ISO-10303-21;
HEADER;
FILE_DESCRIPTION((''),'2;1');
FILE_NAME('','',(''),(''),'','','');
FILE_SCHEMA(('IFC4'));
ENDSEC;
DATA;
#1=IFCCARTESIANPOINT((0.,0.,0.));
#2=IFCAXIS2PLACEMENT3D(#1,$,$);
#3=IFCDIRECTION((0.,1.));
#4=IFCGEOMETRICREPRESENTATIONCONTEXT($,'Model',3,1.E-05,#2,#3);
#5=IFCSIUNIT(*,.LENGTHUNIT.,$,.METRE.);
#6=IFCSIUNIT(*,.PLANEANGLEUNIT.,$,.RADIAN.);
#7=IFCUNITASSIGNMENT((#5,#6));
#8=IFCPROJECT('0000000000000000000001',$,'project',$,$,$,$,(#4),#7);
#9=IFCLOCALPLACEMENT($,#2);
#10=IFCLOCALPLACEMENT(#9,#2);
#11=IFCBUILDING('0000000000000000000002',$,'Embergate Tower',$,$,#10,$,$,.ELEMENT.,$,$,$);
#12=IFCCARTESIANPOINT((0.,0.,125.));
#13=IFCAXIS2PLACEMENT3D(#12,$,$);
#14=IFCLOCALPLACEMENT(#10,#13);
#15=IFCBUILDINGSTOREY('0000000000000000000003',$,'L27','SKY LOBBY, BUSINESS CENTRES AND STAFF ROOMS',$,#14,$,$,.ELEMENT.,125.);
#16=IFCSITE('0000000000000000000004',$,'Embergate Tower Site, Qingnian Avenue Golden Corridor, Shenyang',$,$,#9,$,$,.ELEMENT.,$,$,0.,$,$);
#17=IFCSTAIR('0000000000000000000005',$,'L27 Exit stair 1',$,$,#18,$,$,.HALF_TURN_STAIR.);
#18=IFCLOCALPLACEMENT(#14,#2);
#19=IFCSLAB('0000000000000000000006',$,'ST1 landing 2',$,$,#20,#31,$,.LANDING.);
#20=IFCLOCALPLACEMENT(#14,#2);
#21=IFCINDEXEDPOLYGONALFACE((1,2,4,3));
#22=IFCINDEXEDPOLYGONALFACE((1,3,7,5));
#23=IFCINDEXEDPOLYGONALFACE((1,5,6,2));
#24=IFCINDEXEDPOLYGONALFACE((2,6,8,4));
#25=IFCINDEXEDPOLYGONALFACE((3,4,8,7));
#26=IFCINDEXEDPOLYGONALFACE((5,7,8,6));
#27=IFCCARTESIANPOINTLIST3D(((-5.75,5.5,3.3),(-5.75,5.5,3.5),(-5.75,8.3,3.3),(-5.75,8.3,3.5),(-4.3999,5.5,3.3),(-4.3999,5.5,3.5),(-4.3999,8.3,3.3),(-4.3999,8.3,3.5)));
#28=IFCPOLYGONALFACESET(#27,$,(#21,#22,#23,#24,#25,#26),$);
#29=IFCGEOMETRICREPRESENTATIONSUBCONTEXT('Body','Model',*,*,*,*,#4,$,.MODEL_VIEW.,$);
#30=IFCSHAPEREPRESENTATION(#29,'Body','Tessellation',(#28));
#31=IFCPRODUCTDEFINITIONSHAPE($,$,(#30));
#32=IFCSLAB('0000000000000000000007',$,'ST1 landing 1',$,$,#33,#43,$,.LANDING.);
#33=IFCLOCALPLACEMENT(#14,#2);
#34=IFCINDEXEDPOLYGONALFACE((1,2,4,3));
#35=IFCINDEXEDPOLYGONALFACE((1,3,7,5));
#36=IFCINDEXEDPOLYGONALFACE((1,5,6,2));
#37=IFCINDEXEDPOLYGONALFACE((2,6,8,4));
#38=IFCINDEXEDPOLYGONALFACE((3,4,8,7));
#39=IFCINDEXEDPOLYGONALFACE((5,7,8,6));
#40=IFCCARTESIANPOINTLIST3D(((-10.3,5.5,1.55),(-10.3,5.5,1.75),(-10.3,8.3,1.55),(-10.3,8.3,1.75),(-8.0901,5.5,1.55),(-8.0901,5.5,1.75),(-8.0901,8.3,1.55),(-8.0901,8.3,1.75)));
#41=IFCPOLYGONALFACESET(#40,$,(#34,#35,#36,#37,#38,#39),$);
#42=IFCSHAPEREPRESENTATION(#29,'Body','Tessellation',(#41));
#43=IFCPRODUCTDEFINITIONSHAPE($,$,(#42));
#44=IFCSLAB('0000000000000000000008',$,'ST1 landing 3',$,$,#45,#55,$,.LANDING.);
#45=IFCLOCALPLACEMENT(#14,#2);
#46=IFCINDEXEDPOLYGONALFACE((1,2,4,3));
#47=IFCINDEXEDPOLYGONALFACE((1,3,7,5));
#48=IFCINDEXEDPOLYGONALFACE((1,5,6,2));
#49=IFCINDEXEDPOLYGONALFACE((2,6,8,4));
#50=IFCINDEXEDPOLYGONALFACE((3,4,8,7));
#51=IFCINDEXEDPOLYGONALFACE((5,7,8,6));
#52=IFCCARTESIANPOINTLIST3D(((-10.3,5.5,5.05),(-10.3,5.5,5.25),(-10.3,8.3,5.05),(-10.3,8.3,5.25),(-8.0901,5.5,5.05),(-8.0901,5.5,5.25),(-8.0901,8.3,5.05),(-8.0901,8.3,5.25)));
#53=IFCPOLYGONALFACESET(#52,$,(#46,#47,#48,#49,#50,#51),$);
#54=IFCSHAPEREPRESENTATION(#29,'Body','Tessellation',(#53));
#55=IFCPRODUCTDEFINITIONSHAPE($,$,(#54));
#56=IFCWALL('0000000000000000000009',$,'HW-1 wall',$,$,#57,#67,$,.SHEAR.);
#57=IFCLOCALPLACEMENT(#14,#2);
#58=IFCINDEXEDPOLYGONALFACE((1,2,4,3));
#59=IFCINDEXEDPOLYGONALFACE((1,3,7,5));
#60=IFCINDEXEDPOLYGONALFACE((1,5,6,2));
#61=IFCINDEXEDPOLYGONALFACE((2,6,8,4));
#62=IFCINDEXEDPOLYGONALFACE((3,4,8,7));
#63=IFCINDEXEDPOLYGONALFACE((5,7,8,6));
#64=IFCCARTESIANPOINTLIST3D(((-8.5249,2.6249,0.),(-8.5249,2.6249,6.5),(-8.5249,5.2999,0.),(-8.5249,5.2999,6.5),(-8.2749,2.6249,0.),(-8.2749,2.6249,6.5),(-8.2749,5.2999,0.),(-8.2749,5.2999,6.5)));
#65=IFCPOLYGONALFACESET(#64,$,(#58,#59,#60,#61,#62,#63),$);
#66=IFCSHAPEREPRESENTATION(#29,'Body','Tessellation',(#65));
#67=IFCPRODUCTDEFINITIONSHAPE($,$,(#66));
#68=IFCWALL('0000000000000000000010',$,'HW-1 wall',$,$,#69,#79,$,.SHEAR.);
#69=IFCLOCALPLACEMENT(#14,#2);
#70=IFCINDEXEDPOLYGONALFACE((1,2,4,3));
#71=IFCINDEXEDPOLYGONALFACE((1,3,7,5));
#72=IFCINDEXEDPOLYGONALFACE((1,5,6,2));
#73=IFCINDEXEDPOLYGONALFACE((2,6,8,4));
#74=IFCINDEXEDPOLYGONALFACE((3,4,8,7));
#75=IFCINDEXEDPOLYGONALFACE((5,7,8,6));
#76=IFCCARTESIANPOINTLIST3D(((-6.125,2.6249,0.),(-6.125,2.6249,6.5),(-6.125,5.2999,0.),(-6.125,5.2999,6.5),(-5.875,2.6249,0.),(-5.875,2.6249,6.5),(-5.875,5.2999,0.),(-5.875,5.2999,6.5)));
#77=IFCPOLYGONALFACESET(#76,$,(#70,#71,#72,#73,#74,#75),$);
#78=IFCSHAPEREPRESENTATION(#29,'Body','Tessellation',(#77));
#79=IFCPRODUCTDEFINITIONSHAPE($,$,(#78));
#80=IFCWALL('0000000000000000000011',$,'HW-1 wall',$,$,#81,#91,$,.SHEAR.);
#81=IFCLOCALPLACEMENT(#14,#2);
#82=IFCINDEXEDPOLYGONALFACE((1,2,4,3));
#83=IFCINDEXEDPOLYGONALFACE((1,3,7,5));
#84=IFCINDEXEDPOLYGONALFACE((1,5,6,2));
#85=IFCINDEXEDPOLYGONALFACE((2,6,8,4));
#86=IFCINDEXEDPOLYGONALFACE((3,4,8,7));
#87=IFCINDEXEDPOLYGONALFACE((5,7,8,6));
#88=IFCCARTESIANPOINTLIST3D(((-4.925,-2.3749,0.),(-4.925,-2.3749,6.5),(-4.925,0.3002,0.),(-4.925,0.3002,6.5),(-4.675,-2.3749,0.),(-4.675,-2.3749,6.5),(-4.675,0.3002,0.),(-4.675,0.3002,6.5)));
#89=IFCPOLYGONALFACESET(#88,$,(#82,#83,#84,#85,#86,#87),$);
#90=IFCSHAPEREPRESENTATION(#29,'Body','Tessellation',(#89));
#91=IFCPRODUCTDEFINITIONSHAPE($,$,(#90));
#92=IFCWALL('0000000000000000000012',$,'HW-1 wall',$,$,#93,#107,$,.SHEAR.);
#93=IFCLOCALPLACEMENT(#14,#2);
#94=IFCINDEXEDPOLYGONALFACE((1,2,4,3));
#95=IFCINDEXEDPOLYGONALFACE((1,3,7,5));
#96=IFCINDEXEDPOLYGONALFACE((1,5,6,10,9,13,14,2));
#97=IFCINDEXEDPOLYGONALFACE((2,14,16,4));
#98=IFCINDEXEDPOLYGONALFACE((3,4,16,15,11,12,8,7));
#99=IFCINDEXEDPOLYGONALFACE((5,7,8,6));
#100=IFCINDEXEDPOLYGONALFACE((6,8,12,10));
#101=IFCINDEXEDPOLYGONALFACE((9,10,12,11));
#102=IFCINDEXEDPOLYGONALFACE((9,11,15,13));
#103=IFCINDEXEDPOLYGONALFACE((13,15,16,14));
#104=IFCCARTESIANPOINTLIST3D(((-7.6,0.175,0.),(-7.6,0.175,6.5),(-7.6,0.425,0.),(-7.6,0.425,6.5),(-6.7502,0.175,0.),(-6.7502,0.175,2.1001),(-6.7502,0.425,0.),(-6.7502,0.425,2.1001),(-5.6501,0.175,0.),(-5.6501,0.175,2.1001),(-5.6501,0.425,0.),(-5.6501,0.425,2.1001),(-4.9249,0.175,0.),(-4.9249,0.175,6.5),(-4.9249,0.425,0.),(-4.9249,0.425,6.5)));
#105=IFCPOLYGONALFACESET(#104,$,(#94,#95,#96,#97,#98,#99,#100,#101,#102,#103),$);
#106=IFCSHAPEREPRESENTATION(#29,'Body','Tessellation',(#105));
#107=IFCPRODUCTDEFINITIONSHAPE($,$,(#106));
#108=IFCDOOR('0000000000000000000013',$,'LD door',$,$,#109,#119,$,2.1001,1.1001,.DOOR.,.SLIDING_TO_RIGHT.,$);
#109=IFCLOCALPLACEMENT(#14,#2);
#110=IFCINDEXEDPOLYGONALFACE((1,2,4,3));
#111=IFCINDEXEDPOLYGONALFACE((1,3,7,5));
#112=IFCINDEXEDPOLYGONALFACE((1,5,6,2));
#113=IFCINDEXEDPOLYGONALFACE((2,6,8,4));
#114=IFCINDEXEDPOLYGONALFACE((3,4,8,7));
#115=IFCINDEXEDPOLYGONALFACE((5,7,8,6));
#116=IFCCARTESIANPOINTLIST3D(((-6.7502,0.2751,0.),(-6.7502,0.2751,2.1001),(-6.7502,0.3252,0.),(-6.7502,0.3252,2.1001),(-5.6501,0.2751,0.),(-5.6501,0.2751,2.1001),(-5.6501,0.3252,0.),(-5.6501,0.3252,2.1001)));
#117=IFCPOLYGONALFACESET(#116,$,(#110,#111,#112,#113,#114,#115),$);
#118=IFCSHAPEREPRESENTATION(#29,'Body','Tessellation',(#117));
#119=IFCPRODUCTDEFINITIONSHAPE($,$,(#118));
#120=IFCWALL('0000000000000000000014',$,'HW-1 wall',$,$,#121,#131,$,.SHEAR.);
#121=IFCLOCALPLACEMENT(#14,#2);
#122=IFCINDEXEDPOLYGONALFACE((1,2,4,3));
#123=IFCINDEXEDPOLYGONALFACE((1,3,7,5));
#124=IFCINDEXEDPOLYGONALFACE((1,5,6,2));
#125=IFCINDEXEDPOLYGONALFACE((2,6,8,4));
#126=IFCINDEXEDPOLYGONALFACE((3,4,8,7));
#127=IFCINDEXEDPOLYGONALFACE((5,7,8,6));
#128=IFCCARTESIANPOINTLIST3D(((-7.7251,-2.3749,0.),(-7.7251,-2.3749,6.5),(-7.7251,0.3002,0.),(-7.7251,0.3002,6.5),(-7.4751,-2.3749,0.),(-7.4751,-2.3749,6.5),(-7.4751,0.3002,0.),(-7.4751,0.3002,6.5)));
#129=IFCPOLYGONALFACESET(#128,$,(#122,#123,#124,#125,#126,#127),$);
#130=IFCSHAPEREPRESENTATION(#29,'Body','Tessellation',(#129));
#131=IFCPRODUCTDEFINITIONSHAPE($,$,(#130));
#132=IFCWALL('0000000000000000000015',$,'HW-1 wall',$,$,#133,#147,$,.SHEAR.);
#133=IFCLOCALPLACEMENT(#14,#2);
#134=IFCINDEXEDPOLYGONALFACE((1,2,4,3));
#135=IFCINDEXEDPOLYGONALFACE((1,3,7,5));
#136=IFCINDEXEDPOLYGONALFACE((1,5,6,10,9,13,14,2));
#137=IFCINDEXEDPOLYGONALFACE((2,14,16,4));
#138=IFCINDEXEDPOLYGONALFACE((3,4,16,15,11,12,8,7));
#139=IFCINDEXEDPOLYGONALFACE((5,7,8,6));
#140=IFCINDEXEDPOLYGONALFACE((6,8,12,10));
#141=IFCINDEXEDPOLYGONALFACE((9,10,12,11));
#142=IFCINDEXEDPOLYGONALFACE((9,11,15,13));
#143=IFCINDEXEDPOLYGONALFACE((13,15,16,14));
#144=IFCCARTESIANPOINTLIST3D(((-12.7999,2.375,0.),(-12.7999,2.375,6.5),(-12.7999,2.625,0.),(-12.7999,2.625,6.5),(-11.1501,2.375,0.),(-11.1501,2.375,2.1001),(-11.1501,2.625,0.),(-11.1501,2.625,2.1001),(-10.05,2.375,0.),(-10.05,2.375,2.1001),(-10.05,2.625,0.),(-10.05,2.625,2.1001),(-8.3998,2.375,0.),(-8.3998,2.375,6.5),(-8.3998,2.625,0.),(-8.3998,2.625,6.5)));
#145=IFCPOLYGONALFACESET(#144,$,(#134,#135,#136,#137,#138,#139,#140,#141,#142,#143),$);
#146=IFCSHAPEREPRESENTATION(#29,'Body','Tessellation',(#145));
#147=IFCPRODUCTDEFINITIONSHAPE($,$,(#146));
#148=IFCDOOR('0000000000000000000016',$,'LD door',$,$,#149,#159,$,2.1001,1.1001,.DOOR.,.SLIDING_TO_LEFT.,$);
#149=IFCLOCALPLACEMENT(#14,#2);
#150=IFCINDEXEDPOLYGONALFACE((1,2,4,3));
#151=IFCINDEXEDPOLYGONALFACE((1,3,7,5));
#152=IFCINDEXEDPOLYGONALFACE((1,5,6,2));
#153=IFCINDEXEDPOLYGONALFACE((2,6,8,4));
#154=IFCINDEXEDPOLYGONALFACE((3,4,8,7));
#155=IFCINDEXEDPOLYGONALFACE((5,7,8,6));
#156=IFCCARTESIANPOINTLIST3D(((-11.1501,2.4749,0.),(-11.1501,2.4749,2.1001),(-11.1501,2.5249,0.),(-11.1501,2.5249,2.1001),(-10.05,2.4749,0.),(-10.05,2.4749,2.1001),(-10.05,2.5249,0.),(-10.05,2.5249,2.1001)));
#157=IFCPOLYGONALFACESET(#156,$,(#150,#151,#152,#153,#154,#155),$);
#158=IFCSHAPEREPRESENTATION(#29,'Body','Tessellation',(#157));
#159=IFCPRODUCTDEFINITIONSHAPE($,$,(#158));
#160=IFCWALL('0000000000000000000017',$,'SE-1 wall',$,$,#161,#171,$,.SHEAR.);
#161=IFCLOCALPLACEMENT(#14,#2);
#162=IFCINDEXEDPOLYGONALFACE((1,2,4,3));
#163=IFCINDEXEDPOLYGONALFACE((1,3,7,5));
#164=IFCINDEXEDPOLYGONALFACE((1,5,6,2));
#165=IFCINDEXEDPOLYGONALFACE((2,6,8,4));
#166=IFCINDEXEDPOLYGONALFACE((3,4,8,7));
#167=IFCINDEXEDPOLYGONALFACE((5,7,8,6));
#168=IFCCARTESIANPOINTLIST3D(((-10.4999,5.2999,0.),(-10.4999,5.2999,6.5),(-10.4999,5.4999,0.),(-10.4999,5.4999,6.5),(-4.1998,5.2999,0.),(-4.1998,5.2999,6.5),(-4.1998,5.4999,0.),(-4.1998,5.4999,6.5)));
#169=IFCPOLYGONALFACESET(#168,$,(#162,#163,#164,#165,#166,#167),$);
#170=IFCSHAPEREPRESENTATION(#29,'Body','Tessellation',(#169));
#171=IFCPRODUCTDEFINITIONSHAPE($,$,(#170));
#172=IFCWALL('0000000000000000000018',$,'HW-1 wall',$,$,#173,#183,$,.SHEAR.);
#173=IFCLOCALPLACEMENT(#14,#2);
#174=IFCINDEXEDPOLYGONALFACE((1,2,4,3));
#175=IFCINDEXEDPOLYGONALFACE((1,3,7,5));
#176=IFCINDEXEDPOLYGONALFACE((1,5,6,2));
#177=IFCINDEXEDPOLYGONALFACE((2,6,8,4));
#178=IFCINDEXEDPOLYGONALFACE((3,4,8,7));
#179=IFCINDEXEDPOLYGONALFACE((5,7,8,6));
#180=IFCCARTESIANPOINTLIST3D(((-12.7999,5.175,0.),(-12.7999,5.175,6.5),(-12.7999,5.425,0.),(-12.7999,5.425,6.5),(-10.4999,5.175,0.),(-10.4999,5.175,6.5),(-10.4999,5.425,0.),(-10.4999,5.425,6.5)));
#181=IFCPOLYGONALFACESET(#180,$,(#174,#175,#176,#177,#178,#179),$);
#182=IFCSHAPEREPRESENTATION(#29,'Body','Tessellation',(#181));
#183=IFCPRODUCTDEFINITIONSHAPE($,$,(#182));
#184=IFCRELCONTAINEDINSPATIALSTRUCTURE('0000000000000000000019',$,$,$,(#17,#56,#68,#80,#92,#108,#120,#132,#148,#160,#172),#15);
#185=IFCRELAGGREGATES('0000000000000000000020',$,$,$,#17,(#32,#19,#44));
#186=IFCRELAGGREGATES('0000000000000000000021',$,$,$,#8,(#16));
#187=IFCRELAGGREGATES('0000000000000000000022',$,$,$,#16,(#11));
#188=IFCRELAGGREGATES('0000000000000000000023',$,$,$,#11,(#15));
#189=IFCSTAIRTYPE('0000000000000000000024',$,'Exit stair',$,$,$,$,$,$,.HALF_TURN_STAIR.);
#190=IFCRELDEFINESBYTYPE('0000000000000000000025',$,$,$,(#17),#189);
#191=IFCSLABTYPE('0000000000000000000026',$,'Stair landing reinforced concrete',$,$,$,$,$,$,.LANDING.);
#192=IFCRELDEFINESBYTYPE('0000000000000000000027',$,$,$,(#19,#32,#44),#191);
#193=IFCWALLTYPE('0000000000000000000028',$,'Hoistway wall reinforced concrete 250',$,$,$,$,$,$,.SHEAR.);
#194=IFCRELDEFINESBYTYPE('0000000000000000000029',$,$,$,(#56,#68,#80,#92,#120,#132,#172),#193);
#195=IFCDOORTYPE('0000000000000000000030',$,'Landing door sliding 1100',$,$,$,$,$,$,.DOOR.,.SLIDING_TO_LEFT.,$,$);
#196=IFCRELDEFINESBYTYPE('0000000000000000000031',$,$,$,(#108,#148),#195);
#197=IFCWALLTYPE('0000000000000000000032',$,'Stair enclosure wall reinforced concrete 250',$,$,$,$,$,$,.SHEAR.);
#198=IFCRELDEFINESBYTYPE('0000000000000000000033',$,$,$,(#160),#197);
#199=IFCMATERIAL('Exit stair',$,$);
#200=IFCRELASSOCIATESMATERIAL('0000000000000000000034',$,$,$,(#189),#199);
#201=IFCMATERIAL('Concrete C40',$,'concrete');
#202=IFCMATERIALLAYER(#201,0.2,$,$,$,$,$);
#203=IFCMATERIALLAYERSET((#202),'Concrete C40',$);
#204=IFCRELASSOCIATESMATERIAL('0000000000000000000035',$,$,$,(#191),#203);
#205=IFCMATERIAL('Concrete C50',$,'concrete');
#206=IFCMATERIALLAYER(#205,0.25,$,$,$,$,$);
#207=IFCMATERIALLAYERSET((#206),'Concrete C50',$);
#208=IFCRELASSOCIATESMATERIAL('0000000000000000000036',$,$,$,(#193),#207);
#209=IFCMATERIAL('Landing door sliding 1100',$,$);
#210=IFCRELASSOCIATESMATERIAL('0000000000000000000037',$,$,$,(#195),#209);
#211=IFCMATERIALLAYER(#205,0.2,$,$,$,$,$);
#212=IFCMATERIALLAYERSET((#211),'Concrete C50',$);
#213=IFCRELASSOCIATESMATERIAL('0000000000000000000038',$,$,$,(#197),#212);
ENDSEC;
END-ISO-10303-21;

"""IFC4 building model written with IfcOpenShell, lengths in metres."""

from ifc_helpers import new_model, si_unit, direction, frame, frame_2d, origin, place, context, subcontext, project, spatial, polyline, rectangle, outline, extrude, source, transform, mapped, material, layer, layer_set, type_object, element, fill, aggregate, save


model = new_model("IFC4")

# Units and contexts
model_context = context("Model", 3, precision=1e-05, world=origin(), true_north=direction((0.0, 1.0)))
body_context = subcontext(model_context, "Body", "Model", "MODEL_VIEW")
ifc_project = project(units=[si_unit("LENGTHUNIT", "METRE"), si_unit("PLANEANGLEUNIT", "RADIAN")], contexts=[model_context])

# Site, building, storey
site_placement = place(None, origin())
site = spatial("IfcSite", under=ifc_project, at=site_placement, Name="Embergate Tower Site, Qingnian Avenue Golden Corridor, Shenyang", CompositionType="ELEMENT", RefElevation=0.0)
building_placement = place(site_placement, origin())
building = spatial("IfcBuilding", under=site, at=building_placement, Name="Embergate Tower", CompositionType="ELEMENT")
storey_placement = place(building_placement, frame((0.0, 0.0, 125.0)))
storey = spatial("IfcBuildingStorey", under=building, at=storey_placement, Name="L27", Description="SKY LOBBY, BUSINESS CENTRES AND STAFF ROOMS", CompositionType="ELEMENT", Elevation=125.0)

# Stair, slabs
ifc_material_1 = material(Name="Exit stair")
stair_type = type_object("IfcStairType", Name="Exit stair", PredefinedType="HALF_TURN_STAIR", material=ifc_material_1)
stair_placement = place(storey_placement, origin())
stair = element("IfcStair", 1, at=stair_placement, inside=storey, type_object=stair_type, Name="L27 Exit stair 1", PredefinedType="HALF_TURN_STAIR")
ifc_material_2 = material(Name="Concrete C40", Category="concrete")
ifc_layer_1 = layer(ifc_material_2, 0.2)
ifc_layer_set_1 = layer_set([ifc_layer_1], Name="Concrete C40")
slab_type = type_object("IfcSlabType", Name="Stair landing reinforced concrete", PredefinedType="LANDING", material=ifc_layer_set_1)
shared_shape_1 = source(origin(), body_context, "Body", "SweptSolid", [
    extrude(outline(polyline([(0.0, 0.0), (1.3501, 0.0), (1.3501, 2.8), (0.0, 2.8), (0.0, 0.0)])), origin(), (0.0, 0.0, 1.0), 0.2),
])
slab_1_placement = place(storey_placement, frame((-5.75, 5.5, 3.3)))
slab_1 = element("IfcSlab", 2, at=slab_1_placement, type_object=slab_type, Name="ST1 landing 2", PredefinedType="LANDING", context=body_context, shape_type="MappedRepresentation", body=[
    mapped(shared_shape_1, transform((0.0, 0.0, 0.0))),
])
shared_shape_2 = source(origin(), body_context, "Body", "SweptSolid", [
    extrude(outline(polyline([(0.0, 0.0), (2.21, 0.0), (2.21, 2.8), (0.0, 2.8), (0.0, 0.0)])), origin(), (0.0, 0.0, 1.0), 0.2),
])
slab_2_placement = place(storey_placement, frame((-10.3, 5.5, 1.55)))
slab_2 = element("IfcSlab", 3, at=slab_2_placement, type_object=slab_type, Name="ST1 landing 1", PredefinedType="LANDING", context=body_context, shape_type="MappedRepresentation", body=[
    mapped(shared_shape_2, transform((0.0, 0.0, 0.0))),
])
slab_3_placement = place(storey_placement, frame((-10.3, 5.5, 5.05)))
slab_3 = element("IfcSlab", 4, at=slab_3_placement, type_object=slab_type, Name="ST1 landing 3", PredefinedType="LANDING", context=body_context, shape_type="MappedRepresentation", body=[
    mapped(shared_shape_2, transform((0.0, 0.0, 0.0))),
])
aggregate(stair, [slab_2, slab_1, slab_3])

# Walls
ifc_material_3 = material(Name="Concrete C50", Category="concrete")
ifc_layer_2 = layer(ifc_material_3, 0.25)
ifc_layer_set_2 = layer_set([ifc_layer_2], Name="Concrete C50")
wall_type_1 = type_object("IfcWallType", Name="Hoistway wall reinforced concrete 250", PredefinedType="SHEAR", material=ifc_layer_set_2)
shared_shape_3 = source(origin(), body_context, "Body", "SweptSolid", [
    extrude(rectangle(XDim=2.675, YDim=0.25, at=frame_2d((1.3374, 0.0))), origin(), (0.0, 0.0, 1.0), 6.5),
])
for number, where, z_axis, x_axis, name in (
    (5, (-8.3999, 2.625, 0.0), (0.0, 0.0, 1.0), (0.0, 1.0, 0.0), "HW-1 wall"),
    (6, (-6.0, 2.625, 0.0), (0.0, 0.0, 1.0), (0.0, 1.0, 0.0), "HW-1 wall"),
    (7, (-4.8, 0.3, 0.0), (0.0, 0.0, 1.0), (0.0, -1.0, 0.0), "HW-1 wall"),
):
    element("IfcWall", number, at=place(storey_placement, frame(where, z_axis=z_axis, x_axis=x_axis)), inside=storey, type_object=wall_type_1, Name=name, PredefinedType="SHEAR", context=body_context, shape_type="MappedRepresentation", body=[
        mapped(shared_shape_3, transform((0.0, 0.0, 0.0))),
    ])

# Wall, opening, door
wall_1_placement = place(storey_placement, frame((-4.925, 0.3, 0.0), z_axis=(0.0, 0.0, 1.0), x_axis=(-1.0, 0.0, 0.0)))
wall_1 = element("IfcWall", 8, at=wall_1_placement, inside=storey, type_object=wall_type_1, Name="HW-1 wall", PredefinedType="SHEAR", context=body_context, shape_type="MappedRepresentation", body=[
    mapped(shared_shape_3, transform((0.0, 0.0, 0.0))),
])
shared_shape_4 = source(origin(), body_context, "Body", "SweptSolid", [
    extrude(rectangle(XDim=1.1001, YDim=2.1001, at=frame_2d((0.55, 1.05))), frame((0.0, 0.135, 0.0), z_axis=(0.0, -1.0, 0.0), x_axis=(1.0, 0.0, 0.0)), (0.0, 0.0, 1.0), 0.27),
])
opening_1_placement = place(wall_1_placement, frame((0.7251, 0.0, 0.0)))
opening_1 = element("IfcOpeningElement", 9, at=opening_1_placement, cuts=wall_1, PredefinedType="OPENING", context=body_context, shape_type="MappedRepresentation", body=[
    mapped(shared_shape_4, transform((0.0, 0.0, 0.0))),
])
ifc_material_4 = material(Name="Landing door sliding 1100")
door_type_1 = type_object("IfcDoorType", Name="Landing door sliding 1100", OperationType="SLIDING_TO_LEFT", PredefinedType="DOOR", material=ifc_material_4)
shared_shape_5 = source(origin(), body_context, "Body", "SweptSolid", [
    extrude(rectangle(XDim=1.1001, YDim=2.1001, at=frame_2d((0.55, 1.05))), frame((0.0, 0.0249, 0.0), z_axis=(0.0, -1.0, 0.0), x_axis=(1.0, 0.0, 0.0)), (0.0, 0.0, 1.0), 0.05),
])
door_1_placement = place(opening_1_placement, origin())
door_1 = element("IfcDoor", 10, at=door_1_placement, inside=storey, type_object=door_type_1, Name="LD door", OperationType="SLIDING_TO_RIGHT", OverallHeight=2.1001, OverallWidth=1.1001, PredefinedType="DOOR", context=body_context, shape_type="MappedRepresentation", body=[
    mapped(shared_shape_5, transform((0.0, 0.0, 0.0))),
])
fill(opening_1, door_1)

# Wall
wall_2_placement = place(storey_placement, frame((-7.6001, 0.3, 0.0), z_axis=(0.0, 0.0, 1.0), x_axis=(0.0, -1.0, 0.0)))
element("IfcWall", 11, at=wall_2_placement, inside=storey, type_object=wall_type_1, Name="HW-1 wall", PredefinedType="SHEAR", context=body_context, shape_type="MappedRepresentation", body=[
    mapped(shared_shape_3, transform((0.0, 0.0, 0.0))),
])

# Wall, opening, door
shared_shape_6 = source(origin(), body_context, "Body", "SweptSolid", [
    extrude(rectangle(XDim=4.4001, YDim=0.25, at=frame_2d((2.2002, 0.0))), origin(), (0.0, 0.0, 1.0), 6.5),
])
wall_3_placement = place(storey_placement, frame((-12.8, 2.5, 0.0), z_axis=(0.0, 0.0, 1.0), x_axis=(1.0, 0.0, 0.0)))
wall_3 = element("IfcWall", 12, at=wall_3_placement, inside=storey, type_object=wall_type_1, Name="HW-1 wall", PredefinedType="SHEAR", context=body_context, shape_type="MappedRepresentation", body=[
    mapped(shared_shape_6, transform((0.0, 0.0, 0.0))),
])
opening_2_placement = place(wall_3_placement, frame((1.6499, 0.0, 0.0)))
opening_2 = element("IfcOpeningElement", 13, at=opening_2_placement, cuts=wall_3, PredefinedType="OPENING", context=body_context, shape_type="MappedRepresentation", body=[
    mapped(shared_shape_4, transform((0.0, 0.0, 0.0))),
])
door_2_placement = place(opening_2_placement, origin())
door_2 = element("IfcDoor", 14, at=door_2_placement, inside=storey, type_object=door_type_1, Name="LD door", OperationType="SLIDING_TO_LEFT", OverallHeight=2.1001, OverallWidth=1.1001, PredefinedType="DOOR", context=body_context, shape_type="MappedRepresentation", body=[
    mapped(shared_shape_5, transform((0.0, 0.0, 0.0))),
])
fill(opening_2, door_2)

# Walls
ifc_layer_3 = layer(ifc_material_3, 0.2)
ifc_layer_set_3 = layer_set([ifc_layer_3], Name="Concrete C50")
wall_type_2 = type_object("IfcWallType", Name="Stair enclosure wall reinforced concrete 250", PredefinedType="SHEAR", material=ifc_layer_set_3)
shared_shape_7 = source(origin(), body_context, "Body", "SweptSolid", [
    extrude(rectangle(XDim=6.3, YDim=0.2, at=frame_2d((3.1499, 0.0))), origin(), (0.0, 0.0, 1.0), 6.5),
])
wall_4_placement = place(storey_placement, frame((-4.2, 5.3999, 0.0), z_axis=(0.0, 0.0, 1.0), x_axis=(-1.0, 0.0, 0.0)))
element("IfcWall", 15, at=wall_4_placement, inside=storey, type_object=wall_type_2, Name="SE-1 wall", PredefinedType="SHEAR", context=body_context, shape_type="MappedRepresentation", body=[
    mapped(shared_shape_7, transform((0.0, 0.0, 0.0))),
])
shared_shape_8 = source(origin(), body_context, "Body", "SweptSolid", [
    extrude(rectangle(XDim=2.3, YDim=0.25, at=frame_2d((1.1499, 0.0))), origin(), (0.0, 0.0, 1.0), 6.5),
])
wall_5_placement = place(storey_placement, frame((-10.5, 5.3, 0.0), z_axis=(0.0, 0.0, 1.0), x_axis=(-1.0, 0.0, 0.0)))
element("IfcWall", 16, at=wall_5_placement, inside=storey, type_object=wall_type_1, Name="HW-1 wall", PredefinedType="SHEAR", context=body_context, shape_type="MappedRepresentation", body=[
    mapped(shared_shape_8, transform((0.0, 0.0, 0.0))),
])

save(model, "model.ifc")
